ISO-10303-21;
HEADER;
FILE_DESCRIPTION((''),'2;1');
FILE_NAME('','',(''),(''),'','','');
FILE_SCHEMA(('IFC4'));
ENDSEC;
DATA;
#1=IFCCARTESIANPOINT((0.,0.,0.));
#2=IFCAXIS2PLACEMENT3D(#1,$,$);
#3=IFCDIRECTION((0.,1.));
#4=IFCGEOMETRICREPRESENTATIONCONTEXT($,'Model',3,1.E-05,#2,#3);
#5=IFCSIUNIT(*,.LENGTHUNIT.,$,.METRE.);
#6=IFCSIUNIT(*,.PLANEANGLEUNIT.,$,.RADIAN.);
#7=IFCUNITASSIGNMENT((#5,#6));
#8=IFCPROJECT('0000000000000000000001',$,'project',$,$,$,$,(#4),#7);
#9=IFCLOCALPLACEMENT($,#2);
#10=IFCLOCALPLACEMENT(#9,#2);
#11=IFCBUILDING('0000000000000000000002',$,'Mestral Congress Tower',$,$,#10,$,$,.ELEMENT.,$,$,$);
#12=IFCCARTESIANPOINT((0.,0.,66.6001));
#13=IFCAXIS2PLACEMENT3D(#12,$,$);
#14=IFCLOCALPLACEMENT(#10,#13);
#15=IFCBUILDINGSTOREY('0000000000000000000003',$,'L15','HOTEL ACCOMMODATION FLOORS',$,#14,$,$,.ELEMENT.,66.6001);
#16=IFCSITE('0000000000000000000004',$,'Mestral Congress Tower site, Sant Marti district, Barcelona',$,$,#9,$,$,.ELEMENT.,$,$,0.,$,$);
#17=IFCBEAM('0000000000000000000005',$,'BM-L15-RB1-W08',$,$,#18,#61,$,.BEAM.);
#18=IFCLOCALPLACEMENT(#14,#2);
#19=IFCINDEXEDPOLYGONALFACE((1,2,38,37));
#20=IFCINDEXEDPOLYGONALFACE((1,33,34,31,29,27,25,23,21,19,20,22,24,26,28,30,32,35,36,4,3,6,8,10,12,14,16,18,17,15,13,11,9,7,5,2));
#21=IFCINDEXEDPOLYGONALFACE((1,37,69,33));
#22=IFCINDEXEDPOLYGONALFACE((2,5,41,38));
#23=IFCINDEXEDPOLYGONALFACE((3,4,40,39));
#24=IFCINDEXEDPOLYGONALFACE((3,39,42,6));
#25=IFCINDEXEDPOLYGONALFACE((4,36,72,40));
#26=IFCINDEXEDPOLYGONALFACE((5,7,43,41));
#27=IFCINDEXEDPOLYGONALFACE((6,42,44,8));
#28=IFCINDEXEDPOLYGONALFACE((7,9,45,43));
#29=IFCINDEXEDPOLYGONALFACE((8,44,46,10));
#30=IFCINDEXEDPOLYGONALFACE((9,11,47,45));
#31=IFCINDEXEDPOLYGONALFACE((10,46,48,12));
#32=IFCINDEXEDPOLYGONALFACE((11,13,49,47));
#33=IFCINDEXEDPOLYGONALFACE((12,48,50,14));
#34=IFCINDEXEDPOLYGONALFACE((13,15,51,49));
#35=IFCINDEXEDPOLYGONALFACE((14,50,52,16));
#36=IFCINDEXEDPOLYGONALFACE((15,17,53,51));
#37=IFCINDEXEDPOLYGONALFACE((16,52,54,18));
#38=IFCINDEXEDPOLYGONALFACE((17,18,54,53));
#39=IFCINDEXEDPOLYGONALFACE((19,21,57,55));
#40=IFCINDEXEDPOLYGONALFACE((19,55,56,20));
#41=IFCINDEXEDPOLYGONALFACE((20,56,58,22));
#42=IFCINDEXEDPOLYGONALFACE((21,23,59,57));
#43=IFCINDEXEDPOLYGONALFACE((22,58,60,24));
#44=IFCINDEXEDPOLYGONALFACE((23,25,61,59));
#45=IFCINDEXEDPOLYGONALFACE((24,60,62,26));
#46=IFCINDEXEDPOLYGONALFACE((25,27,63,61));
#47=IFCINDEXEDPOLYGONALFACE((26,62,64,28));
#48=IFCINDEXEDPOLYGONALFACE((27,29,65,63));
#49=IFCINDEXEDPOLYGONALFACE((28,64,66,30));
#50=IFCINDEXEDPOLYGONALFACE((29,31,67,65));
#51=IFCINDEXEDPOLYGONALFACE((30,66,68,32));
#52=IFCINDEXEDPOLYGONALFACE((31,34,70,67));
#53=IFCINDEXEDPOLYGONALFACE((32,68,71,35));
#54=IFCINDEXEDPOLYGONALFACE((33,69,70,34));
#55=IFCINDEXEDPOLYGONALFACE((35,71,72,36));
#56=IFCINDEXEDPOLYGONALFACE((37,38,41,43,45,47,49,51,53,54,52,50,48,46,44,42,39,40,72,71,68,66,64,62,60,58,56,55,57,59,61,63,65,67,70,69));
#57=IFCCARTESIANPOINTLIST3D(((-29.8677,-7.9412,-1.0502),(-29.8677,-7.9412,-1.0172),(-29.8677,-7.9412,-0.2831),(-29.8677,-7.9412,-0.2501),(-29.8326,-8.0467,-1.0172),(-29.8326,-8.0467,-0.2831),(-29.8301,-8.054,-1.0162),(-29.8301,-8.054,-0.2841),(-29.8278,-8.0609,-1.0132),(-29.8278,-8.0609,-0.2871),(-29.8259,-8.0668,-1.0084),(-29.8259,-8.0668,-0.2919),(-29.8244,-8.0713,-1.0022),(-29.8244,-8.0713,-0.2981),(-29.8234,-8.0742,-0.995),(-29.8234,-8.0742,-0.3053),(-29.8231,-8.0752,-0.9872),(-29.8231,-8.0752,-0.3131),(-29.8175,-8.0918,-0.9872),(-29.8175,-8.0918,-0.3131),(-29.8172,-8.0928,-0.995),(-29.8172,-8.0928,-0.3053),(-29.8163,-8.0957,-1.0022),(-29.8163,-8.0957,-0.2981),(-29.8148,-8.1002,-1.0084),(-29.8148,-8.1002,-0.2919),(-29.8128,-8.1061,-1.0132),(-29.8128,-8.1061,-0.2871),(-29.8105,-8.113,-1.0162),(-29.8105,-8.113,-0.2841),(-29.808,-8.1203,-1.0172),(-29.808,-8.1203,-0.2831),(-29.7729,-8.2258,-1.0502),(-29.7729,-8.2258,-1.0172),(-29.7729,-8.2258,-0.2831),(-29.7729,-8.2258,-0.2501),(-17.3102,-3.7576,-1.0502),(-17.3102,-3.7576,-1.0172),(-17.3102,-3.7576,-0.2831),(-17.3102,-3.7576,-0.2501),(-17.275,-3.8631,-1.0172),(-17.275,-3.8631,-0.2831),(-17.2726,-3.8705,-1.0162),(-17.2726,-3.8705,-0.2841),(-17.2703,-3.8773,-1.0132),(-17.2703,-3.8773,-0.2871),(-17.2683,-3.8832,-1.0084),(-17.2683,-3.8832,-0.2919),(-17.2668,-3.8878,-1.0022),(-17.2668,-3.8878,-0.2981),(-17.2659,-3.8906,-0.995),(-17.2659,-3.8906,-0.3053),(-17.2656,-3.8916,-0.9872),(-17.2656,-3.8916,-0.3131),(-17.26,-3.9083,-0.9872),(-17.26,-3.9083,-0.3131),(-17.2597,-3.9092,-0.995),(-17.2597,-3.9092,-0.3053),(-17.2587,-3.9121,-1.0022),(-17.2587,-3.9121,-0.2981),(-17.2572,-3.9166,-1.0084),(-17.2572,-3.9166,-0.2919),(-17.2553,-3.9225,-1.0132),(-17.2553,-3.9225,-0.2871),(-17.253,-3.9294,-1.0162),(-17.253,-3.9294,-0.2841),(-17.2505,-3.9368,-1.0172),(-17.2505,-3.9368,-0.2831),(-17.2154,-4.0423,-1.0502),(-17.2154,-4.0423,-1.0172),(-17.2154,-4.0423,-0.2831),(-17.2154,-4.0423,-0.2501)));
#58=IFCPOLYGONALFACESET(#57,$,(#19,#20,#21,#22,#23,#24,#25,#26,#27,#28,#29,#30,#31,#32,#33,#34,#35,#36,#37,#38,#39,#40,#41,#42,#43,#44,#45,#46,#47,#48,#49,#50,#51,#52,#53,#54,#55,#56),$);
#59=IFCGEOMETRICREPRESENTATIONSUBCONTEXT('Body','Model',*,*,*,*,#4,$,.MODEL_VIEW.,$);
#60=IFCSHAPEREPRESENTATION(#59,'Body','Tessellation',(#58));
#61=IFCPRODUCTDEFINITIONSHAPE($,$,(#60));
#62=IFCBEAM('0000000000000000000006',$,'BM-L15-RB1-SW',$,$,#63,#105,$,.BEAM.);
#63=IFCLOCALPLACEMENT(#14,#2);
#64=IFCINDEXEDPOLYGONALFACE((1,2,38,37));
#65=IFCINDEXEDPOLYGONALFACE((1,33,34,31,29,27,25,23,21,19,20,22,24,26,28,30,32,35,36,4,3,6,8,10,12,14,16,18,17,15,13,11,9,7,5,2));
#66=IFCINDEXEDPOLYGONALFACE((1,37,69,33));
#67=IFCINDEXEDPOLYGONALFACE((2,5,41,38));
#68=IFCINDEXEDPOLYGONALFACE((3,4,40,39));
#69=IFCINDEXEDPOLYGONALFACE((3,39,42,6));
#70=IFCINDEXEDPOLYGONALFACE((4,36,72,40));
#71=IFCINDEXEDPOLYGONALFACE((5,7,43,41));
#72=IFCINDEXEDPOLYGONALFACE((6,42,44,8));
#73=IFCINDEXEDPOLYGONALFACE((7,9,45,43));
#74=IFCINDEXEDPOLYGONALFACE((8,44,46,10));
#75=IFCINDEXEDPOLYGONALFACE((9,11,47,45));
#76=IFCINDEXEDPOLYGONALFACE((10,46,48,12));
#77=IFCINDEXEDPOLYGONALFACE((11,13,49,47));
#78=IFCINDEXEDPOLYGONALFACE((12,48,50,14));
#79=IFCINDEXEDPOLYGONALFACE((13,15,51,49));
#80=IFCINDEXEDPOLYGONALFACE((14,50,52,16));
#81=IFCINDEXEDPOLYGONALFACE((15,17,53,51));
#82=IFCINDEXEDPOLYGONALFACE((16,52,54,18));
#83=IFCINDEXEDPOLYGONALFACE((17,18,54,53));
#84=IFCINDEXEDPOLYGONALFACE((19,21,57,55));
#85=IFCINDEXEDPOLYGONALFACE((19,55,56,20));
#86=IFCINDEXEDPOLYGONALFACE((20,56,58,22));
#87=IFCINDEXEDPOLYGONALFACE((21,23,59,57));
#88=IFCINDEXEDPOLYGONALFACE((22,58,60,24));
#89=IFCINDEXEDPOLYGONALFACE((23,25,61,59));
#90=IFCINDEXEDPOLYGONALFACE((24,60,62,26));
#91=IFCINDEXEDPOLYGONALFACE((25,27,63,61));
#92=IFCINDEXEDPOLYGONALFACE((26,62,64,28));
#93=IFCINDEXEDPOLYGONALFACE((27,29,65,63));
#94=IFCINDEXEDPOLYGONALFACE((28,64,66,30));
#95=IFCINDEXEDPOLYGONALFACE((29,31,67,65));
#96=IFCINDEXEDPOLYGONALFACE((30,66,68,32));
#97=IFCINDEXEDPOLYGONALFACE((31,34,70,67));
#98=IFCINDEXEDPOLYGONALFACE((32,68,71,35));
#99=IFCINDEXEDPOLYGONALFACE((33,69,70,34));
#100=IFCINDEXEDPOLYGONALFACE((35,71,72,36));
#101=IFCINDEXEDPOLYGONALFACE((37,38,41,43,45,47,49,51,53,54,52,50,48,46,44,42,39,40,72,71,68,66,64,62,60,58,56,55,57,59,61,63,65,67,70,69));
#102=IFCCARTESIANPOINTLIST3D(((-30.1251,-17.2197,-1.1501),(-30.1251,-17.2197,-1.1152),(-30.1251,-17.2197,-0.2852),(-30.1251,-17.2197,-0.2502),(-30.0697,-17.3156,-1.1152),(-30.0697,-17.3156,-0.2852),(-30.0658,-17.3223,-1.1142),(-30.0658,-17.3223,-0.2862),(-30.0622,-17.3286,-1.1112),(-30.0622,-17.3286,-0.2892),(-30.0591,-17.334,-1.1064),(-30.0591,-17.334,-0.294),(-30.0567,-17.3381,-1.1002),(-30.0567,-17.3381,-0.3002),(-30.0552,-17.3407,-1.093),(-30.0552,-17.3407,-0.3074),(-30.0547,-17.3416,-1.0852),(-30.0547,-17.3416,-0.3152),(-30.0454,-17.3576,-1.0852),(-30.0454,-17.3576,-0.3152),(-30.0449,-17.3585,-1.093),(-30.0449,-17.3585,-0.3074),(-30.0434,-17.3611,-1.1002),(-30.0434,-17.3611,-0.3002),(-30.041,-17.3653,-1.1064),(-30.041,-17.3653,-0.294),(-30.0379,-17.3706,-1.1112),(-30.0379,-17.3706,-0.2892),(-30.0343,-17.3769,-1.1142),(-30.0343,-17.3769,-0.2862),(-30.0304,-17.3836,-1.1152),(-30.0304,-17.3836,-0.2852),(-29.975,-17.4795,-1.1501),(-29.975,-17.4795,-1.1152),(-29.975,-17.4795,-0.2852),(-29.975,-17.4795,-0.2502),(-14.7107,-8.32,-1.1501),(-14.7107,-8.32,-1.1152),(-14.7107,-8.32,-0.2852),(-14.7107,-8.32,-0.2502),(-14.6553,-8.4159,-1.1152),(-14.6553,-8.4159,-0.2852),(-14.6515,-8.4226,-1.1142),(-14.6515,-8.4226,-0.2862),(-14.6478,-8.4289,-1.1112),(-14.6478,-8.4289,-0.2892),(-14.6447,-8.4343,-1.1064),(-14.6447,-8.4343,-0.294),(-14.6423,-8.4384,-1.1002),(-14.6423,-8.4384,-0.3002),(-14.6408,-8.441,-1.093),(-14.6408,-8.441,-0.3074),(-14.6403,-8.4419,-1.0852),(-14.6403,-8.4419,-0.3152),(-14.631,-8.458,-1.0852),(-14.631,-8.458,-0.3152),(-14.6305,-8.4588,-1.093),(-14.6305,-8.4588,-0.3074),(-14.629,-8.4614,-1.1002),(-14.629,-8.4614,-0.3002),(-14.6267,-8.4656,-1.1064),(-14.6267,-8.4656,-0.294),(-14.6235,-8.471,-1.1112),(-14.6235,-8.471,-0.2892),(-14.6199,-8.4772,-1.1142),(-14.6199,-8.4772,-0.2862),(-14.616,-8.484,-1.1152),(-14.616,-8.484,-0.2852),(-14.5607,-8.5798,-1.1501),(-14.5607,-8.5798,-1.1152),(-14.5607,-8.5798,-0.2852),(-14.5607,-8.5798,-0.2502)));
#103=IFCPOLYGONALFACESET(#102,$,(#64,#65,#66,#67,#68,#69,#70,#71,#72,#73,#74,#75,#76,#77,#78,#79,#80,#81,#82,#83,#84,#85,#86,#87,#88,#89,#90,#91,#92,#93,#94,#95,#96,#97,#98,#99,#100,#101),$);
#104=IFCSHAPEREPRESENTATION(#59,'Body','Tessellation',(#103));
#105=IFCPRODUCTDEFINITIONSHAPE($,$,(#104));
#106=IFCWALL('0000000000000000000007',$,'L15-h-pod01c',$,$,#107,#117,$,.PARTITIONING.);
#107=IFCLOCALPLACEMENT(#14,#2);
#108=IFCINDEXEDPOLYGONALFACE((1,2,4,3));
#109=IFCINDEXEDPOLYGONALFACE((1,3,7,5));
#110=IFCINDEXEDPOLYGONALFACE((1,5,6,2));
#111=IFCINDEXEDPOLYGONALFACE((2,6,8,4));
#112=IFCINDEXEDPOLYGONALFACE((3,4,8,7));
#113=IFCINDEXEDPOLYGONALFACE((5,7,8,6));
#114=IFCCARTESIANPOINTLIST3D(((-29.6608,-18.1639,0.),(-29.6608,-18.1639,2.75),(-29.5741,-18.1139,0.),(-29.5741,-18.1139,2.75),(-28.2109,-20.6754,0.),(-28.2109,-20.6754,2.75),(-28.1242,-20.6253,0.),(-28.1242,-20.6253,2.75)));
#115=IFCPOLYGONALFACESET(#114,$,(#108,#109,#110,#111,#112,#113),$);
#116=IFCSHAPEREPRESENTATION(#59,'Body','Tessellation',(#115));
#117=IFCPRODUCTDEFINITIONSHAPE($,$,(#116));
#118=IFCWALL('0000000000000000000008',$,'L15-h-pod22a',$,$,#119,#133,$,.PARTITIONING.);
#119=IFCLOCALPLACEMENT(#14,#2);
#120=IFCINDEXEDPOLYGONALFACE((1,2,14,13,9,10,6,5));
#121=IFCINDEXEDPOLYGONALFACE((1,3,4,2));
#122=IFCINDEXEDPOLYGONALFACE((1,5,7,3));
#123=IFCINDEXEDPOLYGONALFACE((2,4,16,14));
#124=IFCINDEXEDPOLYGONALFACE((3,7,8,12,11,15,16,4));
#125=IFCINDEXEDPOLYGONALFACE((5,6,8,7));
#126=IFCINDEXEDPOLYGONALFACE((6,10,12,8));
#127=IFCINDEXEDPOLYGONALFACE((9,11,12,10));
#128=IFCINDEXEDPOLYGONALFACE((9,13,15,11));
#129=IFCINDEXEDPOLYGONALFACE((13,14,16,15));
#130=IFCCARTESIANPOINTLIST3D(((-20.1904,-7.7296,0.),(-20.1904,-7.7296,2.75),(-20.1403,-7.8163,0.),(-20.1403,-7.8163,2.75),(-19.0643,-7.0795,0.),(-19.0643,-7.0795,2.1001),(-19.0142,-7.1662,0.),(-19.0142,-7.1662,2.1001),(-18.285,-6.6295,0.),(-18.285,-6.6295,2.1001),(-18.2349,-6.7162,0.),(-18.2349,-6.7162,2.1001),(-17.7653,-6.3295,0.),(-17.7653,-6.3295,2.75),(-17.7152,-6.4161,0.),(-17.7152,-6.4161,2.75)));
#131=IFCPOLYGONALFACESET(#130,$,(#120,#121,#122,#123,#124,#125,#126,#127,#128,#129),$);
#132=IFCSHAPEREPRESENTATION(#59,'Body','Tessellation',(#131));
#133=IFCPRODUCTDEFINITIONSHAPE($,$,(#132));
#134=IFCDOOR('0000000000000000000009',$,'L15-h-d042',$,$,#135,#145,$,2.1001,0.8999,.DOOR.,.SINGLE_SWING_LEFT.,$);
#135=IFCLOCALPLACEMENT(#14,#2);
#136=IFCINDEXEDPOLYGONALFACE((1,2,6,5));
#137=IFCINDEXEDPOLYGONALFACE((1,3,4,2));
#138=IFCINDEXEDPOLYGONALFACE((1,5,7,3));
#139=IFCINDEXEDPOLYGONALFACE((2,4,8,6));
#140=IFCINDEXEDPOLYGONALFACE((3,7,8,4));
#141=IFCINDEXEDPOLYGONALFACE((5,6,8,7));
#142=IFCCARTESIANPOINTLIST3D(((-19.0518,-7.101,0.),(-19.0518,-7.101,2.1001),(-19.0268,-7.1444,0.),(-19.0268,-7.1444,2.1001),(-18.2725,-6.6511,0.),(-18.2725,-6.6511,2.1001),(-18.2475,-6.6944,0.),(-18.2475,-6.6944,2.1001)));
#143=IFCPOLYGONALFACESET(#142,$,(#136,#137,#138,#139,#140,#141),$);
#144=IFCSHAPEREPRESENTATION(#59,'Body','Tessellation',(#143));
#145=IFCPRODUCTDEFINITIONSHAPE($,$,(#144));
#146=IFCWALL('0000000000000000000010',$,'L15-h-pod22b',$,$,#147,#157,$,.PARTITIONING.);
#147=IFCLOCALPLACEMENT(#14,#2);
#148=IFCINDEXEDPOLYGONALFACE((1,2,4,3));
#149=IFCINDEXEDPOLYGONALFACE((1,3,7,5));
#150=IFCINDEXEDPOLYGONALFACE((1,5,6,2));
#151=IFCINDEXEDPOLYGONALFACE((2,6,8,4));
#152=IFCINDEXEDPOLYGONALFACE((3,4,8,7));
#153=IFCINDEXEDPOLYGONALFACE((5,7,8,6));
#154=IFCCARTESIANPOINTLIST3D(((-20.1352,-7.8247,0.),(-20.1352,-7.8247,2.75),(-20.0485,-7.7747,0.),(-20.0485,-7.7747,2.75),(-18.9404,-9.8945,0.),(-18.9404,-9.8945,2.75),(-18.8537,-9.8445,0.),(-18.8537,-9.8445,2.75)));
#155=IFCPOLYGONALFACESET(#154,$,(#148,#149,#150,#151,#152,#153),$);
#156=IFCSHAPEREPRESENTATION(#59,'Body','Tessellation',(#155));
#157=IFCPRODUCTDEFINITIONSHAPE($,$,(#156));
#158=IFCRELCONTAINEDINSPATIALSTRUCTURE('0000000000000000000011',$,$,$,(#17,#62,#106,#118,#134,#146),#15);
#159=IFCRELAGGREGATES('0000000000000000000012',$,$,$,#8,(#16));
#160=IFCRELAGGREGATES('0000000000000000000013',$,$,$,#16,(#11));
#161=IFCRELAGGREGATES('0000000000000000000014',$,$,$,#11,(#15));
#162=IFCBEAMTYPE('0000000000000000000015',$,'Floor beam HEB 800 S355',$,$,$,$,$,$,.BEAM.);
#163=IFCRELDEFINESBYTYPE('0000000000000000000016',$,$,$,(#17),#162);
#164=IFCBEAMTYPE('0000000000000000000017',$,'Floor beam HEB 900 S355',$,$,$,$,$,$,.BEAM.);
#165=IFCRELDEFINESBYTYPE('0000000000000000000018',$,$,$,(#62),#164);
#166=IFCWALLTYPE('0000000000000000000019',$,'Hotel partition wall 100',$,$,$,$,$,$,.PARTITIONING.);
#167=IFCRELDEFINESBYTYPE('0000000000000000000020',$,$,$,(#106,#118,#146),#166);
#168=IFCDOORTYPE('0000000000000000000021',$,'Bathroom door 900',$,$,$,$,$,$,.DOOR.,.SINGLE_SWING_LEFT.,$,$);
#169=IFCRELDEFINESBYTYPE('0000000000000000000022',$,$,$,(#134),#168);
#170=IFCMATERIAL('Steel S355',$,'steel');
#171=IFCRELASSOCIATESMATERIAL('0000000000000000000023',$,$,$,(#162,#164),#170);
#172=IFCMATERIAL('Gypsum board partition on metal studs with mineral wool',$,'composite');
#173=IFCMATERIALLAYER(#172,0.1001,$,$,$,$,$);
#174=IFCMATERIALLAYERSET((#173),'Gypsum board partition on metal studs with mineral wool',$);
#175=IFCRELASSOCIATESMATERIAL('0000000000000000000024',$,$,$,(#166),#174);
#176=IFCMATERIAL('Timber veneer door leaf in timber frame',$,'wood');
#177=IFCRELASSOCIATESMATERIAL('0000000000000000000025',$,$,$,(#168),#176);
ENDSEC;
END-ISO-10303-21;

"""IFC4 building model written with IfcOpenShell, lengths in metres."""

from ifc_helpers import new_model, si_unit, direction, frame, frame_2d, origin, origin_2d, place, context, subcontext, project, spatial, rectangle, i_section, extrude, material, layer, layer_set, material_profile, profile_set, type_object, element, fill, save


model = new_model("IFC4")

# Units and contexts
model_context = context("Model", 3, precision=1e-05, world=origin(), true_north=direction((0.0, 1.0)))
body_context = subcontext(model_context, "Body", "Model", "MODEL_VIEW")
ifc_project = project(units=[si_unit("LENGTHUNIT", "METRE"), si_unit("PLANEANGLEUNIT", "RADIAN")], contexts=[model_context])

# Site, building, storey
site_placement = place(None, origin())
site = spatial("IfcSite", under=ifc_project, at=site_placement, Name="Mestral Congress Tower site, Sant Marti district, Barcelona", CompositionType="ELEMENT", RefElevation=0.0)
building_placement = place(site_placement, origin())
building = spatial("IfcBuilding", under=site, at=building_placement, Name="Mestral Congress Tower", CompositionType="ELEMENT")
storey_placement = place(building_placement, frame((0.0, 0.0, 66.6001)))
storey = spatial("IfcBuildingStorey", under=building, at=storey_placement, Name="L15", Description="HOTEL ACCOMMODATION FLOORS", CompositionType="ELEMENT", Elevation=66.6001)

# Beams
ifc_material_1 = material(Name="Steel S355", Category="steel")
ifc_material_profile_1 = material_profile(ifc_material_1, i_section(OverallWidth=0.3, OverallDepth=0.8, WebThickness=0.0176, FlangeThickness=0.033, FilletRadius=0.03, at=origin_2d()), Name="HEB 800")
ifc_profile_set_1 = profile_set([ifc_material_profile_1], Name="Steel S355")
beam_type_1 = type_object("IfcBeamType", Name="Floor beam HEB 800 S355", PredefinedType="BEAM", material=ifc_profile_set_1)
beam_1_placement = place(storey_placement, frame((-29.8203, -8.0835, -0.6501), z_axis=(0.948735, 0.316073, 0.0), x_axis=(-0.316073, 0.948735, 0.0)))
element("IfcBeam", 1, at=beam_1_placement, inside=storey, type_object=beam_type_1, Name="BM-L15-RB1-W08", PredefinedType="BEAM", context=body_context, shape_type="SweptSolid", body=[
    extrude(i_section(OverallWidth=0.3, OverallDepth=0.8, WebThickness=0.0176, FlangeThickness=0.033, FilletRadius=0.03, at=origin_2d()), origin(), (0.0, 0.0, 1.0), 13.2361),
])
ifc_material_profile_2 = material_profile(ifc_material_1, i_section(OverallWidth=0.3, OverallDepth=0.8999, WebThickness=0.0186, FlangeThickness=0.0349, FilletRadius=0.03, at=origin_2d()), Name="HEB 900")
ifc_profile_set_2 = profile_set([ifc_material_profile_2], Name="Steel S355")
beam_type_2 = type_object("IfcBeamType", Name="Floor beam HEB 900 S355", PredefinedType="BEAM", material=ifc_profile_set_2)
beam_2_placement = place(storey_placement, frame((-30.05, -17.3496, -0.7002), z_axis=(0.86602, 0.500009, 0.0), x_axis=(-0.500009, 0.86602, 0.0)))
element("IfcBeam", 2, at=beam_2_placement, inside=storey, type_object=beam_type_2, Name="BM-L15-RB1-SW", PredefinedType="BEAM", context=body_context, shape_type="SweptSolid", body=[
    extrude(i_section(OverallWidth=0.3, OverallDepth=0.8999, WebThickness=0.0186, FlangeThickness=0.0349, FilletRadius=0.03, at=origin_2d()), origin(), (0.0, 0.0, 1.0), 17.7991),
])

# Wall
ifc_material_2 = material(Name="Gypsum board partition on metal studs with mineral wool", Category="composite")
ifc_layer_1 = layer(ifc_material_2, 0.1001)
ifc_layer_set_1 = layer_set([ifc_layer_1], Name="Gypsum board partition on metal studs with mineral wool")
wall_type_1 = type_object("IfcWallType", Name="Hotel partition wall 100", PredefinedType="PARTITIONING", material=ifc_layer_set_1)
wall_1_placement = place(storey_placement, frame((-29.6174, -18.1389, 0.0), z_axis=(0.0, 0.0, 1.0), x_axis=(0.499987, -0.866033, 0.0)))
element("IfcWall", 3, at=wall_1_placement, inside=storey, type_object=wall_type_1, Name="L15-h-pod01c", PredefinedType="PARTITIONING", context=body_context, shape_type="SweptSolid", body=[
    extrude(rectangle(XDim=2.8999, YDim=0.1001, at=frame_2d((1.45, 0.0))), origin(), (0.0, 0.0, 1.0), 2.75),
])

# Wall, opening, door
wall_2_placement = place(storey_placement, frame((-17.7402, -6.3728, 0.0), z_axis=(0.0, 0.0, 1.0), x_axis=(-0.866019, -0.500012, 0.0)))
wall_2 = element("IfcWall", 4, at=wall_2_placement, inside=storey, type_object=wall_type_1, Name="L15-h-pod22a", PredefinedType="PARTITIONING", context=body_context, shape_type="SweptSolid", body=[
    extrude(rectangle(XDim=2.8003, YDim=0.1001, at=frame_2d((1.4001, 0.0))), origin(), (0.0, 0.0, 1.0), 2.75),
])
opening_1_placement = place(wall_2_placement, frame((0.6001, 0.0, 0.0)))
opening_1 = element("IfcOpeningElement", 5, at=opening_1_placement, cuts=wall_2, PredefinedType="OPENING", context=body_context, shape_type="SweptSolid", body=[
    extrude(rectangle(XDim=0.8999, YDim=2.1001, at=frame_2d((0.45, 1.05))), frame((0.0, 0.0601, 0.0), z_axis=(0.0, -1.0, 0.0), x_axis=(1.0, 0.0, 0.0)), (0.0, 0.0, 1.0), 0.1201),
])
ifc_material_3 = material(Name="Timber veneer door leaf in timber frame", Category="wood")
door_type_1 = type_object("IfcDoorType", Name="Bathroom door 900", OperationType="SINGLE_SWING_LEFT", PredefinedType="DOOR", material=ifc_material_3)
door_1_placement = place(opening_1_placement, origin())
door_1 = element("IfcDoor", 6, at=door_1_placement, inside=storey, type_object=door_type_1, Name="L15-h-d042", OperationType="SINGLE_SWING_LEFT", OverallHeight=2.1001, OverallWidth=0.8999, PredefinedType="DOOR", context=body_context, shape_type="SweptSolid", body=[
    extrude(rectangle(XDim=0.8999, YDim=2.1001, at=frame_2d((0.45, 1.05))), frame((0.0, 0.0249, 0.0), z_axis=(0.0, -1.0, 0.0), x_axis=(1.0, 0.0, 0.0)), (0.0, 0.0, 1.0), 0.05),
])
fill(opening_1, door_1)

# Wall
wall_3_placement = place(storey_placement, frame((-20.0918, -7.7998, 0.0), z_axis=(0.0, 0.0, 1.0), x_axis=(0.499941, -0.86606, 0.0)))
element("IfcWall", 7, at=wall_3_placement, inside=storey, type_object=wall_type_1, Name="L15-h-pod22b", PredefinedType="PARTITIONING", context=body_context, shape_type="SweptSolid", body=[
    extrude(rectangle(XDim=2.3899, YDim=0.1001, at=frame_2d((1.1948, 0.0))), origin(), (0.0, 0.0, 1.0), 2.75),
])

save(model, "model.ifc")
